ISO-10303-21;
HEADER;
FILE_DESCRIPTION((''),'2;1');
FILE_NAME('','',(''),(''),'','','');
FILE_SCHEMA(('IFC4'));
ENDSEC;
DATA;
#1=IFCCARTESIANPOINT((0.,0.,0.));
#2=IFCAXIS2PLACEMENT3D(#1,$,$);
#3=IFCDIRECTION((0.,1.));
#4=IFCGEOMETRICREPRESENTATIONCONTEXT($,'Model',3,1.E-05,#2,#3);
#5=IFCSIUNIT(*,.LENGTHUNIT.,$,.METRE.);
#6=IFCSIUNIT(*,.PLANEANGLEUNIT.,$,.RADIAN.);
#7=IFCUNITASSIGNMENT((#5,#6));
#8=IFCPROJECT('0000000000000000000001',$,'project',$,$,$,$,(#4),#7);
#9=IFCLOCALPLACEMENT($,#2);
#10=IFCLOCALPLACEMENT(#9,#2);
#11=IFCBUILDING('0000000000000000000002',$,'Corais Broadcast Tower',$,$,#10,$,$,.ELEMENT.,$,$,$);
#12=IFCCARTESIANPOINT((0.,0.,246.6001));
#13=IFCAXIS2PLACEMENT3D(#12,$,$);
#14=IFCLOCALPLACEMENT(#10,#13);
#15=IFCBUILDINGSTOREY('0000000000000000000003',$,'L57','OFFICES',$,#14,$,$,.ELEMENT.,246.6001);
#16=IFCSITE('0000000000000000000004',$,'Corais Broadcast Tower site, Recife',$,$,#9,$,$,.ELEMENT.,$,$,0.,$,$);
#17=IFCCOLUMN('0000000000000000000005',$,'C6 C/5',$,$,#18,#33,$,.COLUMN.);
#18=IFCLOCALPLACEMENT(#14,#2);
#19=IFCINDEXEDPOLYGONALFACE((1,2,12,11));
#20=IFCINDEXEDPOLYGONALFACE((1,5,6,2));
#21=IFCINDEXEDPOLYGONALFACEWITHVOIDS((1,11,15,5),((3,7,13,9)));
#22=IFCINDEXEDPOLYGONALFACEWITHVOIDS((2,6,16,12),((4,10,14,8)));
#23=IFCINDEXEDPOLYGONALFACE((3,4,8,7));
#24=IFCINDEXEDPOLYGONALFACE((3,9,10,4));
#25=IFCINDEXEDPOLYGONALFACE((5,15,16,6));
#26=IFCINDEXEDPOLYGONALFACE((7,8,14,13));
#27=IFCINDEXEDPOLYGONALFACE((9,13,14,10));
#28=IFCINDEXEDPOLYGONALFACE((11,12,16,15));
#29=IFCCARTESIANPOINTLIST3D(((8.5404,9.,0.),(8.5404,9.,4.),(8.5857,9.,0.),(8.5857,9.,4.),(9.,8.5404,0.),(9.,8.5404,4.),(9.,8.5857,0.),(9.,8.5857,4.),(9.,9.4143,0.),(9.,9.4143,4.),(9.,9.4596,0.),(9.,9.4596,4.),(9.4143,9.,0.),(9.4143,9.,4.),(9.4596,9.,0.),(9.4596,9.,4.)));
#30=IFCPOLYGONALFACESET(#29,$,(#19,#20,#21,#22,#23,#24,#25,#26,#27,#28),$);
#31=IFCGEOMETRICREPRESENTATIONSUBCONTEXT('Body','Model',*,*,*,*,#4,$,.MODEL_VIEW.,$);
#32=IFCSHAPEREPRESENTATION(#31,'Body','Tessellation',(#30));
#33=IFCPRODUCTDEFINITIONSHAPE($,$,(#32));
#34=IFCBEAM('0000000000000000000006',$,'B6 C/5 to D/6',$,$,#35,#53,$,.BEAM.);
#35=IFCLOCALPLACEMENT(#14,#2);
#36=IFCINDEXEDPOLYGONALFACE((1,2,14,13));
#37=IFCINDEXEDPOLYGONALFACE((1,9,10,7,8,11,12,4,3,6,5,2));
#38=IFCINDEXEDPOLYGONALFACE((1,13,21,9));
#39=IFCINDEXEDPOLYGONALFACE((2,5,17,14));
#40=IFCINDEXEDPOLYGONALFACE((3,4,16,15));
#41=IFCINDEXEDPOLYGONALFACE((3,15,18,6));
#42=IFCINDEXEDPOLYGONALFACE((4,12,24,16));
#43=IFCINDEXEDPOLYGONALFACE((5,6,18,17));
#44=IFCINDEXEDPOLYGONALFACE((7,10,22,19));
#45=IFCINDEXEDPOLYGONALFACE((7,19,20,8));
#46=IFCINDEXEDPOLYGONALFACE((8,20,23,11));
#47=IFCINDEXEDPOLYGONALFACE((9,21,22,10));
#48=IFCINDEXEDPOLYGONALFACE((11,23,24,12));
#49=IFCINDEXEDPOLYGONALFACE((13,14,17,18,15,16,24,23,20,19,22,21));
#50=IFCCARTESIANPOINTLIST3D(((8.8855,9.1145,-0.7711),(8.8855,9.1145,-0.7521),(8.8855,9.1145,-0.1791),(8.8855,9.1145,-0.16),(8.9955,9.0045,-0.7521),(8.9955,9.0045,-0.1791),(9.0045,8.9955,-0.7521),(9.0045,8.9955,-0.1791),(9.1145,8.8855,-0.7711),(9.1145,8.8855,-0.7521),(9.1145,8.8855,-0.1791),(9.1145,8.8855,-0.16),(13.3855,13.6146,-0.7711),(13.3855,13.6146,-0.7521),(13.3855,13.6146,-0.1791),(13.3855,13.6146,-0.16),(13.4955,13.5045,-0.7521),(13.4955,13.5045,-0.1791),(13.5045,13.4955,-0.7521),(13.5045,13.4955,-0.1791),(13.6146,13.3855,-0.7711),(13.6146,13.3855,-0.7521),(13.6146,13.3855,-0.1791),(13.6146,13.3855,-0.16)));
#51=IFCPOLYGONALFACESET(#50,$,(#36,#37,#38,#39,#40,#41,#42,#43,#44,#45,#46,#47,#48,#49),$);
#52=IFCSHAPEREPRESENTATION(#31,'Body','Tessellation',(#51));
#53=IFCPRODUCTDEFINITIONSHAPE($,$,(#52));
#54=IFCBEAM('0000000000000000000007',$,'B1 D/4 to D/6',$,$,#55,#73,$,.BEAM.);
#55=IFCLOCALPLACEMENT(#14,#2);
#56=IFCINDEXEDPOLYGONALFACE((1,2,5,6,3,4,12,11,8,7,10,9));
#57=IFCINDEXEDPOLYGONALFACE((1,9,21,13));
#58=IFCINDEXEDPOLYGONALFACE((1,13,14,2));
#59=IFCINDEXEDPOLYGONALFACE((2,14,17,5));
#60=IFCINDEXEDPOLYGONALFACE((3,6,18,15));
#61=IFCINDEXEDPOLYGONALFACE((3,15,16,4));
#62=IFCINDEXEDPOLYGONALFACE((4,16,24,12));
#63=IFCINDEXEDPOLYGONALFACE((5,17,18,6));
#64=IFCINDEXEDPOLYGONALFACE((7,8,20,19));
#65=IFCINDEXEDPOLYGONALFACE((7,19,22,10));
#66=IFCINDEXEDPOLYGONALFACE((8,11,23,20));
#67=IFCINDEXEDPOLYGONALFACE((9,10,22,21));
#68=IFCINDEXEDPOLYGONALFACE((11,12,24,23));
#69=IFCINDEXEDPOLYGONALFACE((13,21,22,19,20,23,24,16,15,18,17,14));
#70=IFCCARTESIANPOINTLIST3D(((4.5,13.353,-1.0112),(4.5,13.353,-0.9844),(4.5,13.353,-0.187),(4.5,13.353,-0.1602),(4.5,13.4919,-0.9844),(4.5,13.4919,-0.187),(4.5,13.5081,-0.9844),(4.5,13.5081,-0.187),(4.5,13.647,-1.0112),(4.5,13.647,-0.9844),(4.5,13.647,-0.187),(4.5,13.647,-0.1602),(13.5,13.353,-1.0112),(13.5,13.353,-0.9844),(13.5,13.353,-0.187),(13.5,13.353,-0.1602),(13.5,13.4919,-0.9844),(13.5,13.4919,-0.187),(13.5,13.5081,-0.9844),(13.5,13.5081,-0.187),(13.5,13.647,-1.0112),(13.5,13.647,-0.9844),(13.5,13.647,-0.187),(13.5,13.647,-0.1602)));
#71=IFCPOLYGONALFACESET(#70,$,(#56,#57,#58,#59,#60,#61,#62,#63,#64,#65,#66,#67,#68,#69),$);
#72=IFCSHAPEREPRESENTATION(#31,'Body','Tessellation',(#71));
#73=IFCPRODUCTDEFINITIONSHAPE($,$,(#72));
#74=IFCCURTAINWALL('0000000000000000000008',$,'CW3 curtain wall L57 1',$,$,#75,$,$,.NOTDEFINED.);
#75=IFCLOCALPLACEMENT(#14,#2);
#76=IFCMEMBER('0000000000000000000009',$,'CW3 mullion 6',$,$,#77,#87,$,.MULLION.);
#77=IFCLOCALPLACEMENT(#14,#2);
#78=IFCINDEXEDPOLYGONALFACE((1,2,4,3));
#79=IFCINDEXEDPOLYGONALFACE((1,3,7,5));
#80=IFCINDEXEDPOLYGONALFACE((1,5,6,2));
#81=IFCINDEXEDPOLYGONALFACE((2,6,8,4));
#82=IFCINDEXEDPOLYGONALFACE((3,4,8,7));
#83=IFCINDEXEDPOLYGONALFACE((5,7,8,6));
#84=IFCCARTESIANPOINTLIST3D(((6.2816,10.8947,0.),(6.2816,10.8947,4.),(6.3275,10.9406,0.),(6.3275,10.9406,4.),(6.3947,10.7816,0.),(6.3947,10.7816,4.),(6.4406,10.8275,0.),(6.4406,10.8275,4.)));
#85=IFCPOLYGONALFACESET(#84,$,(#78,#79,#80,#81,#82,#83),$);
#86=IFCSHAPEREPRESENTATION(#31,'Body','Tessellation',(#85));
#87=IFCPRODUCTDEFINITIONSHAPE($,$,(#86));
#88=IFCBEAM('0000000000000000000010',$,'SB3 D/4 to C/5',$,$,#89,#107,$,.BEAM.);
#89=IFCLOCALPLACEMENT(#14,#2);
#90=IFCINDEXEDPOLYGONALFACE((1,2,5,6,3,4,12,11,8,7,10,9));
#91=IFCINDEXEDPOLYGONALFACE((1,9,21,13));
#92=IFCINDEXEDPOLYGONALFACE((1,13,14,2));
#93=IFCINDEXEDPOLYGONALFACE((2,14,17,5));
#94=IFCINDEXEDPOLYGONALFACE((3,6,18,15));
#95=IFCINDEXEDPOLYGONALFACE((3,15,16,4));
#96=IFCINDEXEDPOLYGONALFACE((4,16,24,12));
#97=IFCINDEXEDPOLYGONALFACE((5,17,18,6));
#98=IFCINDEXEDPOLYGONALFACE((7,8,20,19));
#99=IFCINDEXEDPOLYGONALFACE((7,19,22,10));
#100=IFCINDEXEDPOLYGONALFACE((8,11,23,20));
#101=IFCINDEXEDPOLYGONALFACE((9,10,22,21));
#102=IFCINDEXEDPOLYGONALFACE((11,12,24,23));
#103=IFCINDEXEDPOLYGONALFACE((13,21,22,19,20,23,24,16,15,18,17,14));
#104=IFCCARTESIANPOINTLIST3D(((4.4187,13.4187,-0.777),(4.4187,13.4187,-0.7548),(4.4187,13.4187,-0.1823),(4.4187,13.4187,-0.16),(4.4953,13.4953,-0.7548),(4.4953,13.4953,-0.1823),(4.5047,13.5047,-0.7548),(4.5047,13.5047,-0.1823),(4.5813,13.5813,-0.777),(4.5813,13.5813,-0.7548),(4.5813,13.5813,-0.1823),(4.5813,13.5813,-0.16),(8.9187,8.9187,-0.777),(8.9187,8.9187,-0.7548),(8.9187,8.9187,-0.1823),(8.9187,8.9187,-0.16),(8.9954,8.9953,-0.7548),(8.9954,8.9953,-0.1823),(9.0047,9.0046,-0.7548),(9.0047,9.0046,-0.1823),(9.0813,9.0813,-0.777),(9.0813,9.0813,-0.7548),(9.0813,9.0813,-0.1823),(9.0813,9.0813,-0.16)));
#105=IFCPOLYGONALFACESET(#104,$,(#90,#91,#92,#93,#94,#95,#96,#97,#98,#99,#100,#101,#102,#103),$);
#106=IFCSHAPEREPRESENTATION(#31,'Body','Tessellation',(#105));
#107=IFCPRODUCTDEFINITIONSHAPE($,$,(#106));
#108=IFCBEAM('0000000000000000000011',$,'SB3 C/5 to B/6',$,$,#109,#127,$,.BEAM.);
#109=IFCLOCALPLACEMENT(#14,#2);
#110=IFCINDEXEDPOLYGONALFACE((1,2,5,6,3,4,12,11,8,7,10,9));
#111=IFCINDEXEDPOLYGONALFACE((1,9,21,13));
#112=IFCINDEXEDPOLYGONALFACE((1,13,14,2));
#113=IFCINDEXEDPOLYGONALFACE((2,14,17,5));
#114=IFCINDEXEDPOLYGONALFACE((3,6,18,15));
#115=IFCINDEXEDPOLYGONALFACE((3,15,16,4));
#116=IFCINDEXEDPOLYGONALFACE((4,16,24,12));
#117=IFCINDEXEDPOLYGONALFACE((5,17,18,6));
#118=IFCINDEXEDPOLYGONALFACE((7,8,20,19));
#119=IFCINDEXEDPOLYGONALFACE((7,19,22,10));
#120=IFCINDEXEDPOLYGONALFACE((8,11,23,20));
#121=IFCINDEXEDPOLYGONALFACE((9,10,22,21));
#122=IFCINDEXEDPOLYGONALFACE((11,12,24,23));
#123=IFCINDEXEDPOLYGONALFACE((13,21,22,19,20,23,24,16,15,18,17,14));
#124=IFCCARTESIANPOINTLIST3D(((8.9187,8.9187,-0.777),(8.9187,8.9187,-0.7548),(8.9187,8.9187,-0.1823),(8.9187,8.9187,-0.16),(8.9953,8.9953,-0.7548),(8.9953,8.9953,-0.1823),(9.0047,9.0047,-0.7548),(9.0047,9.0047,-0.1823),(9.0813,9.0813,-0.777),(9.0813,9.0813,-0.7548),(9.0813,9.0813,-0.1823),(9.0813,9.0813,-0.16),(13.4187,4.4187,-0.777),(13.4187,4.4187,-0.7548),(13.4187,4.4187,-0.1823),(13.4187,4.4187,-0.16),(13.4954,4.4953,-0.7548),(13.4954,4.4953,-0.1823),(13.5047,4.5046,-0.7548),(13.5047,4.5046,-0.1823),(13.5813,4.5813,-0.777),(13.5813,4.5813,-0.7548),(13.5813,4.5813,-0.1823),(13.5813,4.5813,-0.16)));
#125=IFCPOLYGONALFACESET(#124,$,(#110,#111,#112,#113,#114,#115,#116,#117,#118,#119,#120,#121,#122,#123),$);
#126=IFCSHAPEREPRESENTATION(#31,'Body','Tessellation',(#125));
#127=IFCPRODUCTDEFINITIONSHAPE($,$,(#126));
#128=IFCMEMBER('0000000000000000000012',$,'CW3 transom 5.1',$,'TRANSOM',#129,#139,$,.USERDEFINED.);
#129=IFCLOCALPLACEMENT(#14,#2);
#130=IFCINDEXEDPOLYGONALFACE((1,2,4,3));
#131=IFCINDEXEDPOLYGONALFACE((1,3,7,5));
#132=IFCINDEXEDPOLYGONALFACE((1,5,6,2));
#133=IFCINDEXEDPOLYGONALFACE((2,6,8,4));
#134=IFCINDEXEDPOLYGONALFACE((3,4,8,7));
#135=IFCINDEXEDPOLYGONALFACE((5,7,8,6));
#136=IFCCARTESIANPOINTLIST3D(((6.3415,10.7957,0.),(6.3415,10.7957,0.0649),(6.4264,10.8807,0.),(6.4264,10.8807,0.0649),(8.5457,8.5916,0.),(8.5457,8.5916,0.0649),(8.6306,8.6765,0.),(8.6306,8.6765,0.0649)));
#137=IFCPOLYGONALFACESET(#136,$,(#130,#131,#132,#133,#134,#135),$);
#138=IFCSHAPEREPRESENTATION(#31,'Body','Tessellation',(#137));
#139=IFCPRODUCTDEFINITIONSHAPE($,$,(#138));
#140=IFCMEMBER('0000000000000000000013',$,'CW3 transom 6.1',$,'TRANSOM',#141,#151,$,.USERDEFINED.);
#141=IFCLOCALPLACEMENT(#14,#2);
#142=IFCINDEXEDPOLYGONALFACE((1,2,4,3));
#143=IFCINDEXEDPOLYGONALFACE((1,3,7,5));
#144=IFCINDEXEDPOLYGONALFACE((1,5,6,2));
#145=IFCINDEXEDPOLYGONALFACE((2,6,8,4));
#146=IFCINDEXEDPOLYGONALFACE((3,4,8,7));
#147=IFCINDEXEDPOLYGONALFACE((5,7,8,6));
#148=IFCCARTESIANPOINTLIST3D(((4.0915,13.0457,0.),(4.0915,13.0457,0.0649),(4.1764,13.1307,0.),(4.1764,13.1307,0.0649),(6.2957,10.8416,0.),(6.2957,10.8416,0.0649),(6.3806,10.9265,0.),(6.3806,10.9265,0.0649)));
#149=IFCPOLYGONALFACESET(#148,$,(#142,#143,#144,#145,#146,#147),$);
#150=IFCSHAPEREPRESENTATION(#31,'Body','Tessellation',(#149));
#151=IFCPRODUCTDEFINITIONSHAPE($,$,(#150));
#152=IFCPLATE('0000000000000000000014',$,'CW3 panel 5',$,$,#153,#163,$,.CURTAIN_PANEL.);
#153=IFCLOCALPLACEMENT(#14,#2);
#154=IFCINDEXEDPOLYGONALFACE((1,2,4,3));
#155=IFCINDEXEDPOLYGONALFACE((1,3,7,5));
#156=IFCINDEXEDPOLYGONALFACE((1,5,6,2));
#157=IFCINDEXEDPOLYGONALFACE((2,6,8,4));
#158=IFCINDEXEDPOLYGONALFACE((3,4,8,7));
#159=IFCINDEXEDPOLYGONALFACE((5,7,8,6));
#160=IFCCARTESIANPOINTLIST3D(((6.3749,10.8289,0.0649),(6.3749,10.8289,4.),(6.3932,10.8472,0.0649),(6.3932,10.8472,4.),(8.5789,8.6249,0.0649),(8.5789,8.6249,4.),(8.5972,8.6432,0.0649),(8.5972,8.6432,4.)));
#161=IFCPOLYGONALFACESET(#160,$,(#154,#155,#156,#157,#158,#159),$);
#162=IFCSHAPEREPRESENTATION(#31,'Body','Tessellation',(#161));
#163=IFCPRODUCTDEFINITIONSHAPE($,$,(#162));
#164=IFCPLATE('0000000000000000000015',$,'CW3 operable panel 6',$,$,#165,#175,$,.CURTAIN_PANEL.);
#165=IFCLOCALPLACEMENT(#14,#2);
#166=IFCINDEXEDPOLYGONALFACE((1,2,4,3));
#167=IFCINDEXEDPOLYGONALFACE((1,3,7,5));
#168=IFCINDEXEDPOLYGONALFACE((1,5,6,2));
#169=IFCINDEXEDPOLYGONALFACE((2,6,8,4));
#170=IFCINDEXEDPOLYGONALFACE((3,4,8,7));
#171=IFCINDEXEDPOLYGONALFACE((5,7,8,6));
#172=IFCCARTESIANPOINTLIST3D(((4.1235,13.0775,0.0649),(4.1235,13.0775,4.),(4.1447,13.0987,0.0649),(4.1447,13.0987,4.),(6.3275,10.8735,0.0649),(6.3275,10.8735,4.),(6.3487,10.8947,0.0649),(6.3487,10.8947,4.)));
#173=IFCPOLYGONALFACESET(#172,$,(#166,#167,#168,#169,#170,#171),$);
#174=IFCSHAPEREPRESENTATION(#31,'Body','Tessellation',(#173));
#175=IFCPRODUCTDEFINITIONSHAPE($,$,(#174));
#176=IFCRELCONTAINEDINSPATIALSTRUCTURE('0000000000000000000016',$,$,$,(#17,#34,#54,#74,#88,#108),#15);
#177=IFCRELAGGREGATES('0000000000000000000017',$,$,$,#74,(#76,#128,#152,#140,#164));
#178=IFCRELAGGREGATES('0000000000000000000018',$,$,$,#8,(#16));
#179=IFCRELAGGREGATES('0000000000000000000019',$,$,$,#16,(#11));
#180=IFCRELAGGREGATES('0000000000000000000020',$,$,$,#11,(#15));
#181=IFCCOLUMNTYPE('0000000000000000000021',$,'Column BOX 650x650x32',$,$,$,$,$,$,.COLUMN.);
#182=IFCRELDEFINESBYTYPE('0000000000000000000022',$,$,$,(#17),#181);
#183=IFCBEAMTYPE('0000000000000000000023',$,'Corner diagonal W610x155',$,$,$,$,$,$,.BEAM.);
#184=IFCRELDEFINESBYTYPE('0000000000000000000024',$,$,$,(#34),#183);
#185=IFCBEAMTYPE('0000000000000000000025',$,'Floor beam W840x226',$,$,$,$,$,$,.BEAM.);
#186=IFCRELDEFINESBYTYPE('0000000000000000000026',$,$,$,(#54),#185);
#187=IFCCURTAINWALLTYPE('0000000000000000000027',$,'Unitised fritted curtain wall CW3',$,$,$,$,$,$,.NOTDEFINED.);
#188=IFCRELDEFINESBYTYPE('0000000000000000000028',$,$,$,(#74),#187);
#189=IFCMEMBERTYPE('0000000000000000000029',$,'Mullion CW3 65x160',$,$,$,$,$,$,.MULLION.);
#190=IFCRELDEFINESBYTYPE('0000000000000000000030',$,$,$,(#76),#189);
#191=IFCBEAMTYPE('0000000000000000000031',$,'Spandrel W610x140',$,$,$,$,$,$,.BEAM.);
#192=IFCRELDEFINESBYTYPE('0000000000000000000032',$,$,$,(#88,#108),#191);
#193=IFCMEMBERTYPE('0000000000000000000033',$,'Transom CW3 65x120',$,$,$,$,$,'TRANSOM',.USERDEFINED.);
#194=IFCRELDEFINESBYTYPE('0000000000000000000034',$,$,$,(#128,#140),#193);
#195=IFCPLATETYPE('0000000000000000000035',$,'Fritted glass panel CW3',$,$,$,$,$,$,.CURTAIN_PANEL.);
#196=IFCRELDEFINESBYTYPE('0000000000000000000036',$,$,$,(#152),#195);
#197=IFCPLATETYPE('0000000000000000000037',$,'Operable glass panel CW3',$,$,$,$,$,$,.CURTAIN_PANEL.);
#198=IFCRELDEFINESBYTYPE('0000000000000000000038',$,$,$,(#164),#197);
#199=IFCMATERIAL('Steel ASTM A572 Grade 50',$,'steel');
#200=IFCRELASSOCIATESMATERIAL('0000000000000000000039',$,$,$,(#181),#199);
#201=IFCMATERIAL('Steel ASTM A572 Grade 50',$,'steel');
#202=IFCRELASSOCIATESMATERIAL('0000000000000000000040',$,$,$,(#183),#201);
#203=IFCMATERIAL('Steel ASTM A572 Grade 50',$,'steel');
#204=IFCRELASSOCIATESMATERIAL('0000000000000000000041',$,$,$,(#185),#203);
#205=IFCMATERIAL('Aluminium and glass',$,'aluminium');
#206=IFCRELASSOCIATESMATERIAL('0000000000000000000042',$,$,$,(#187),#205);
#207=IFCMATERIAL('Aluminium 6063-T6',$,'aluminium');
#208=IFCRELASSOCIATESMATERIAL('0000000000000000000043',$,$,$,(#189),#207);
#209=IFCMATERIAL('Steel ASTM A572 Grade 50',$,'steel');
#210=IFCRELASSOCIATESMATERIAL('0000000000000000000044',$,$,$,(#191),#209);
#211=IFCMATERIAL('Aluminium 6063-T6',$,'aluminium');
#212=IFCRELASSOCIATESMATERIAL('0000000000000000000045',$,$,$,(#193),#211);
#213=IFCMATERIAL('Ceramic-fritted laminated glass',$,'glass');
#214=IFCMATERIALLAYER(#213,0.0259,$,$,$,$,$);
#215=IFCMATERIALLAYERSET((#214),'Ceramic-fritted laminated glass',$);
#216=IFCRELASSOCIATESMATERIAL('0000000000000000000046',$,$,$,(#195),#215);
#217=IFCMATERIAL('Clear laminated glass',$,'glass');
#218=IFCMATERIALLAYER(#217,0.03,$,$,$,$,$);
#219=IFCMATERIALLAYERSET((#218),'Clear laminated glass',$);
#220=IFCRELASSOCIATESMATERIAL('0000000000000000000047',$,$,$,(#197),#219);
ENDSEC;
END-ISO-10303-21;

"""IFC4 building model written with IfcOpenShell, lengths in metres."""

from ifc_helpers import new_model, si_unit, direction, frame, origin, origin_2d, place, context, subcontext, project, spatial, rectangle, hollow_rectangle, i_section, extrude, material, layer, layer_set, material_profile, profile_set, type_object, element, aggregate, save


model = new_model("IFC4")

# Units and contexts
model_context = context("Model", 3, precision=1e-05, world=origin(), true_north=direction((0.0, 1.0)))
body_context = subcontext(model_context, "Body", "Model", "MODEL_VIEW")
ifc_project = project(units=[si_unit("LENGTHUNIT", "METRE"), si_unit("PLANEANGLEUNIT", "RADIAN")], contexts=[model_context])

# Site, building, storey
site_placement = place(None, origin())
site = spatial("IfcSite", under=ifc_project, at=site_placement, Name="Corais Broadcast Tower site, Recife", CompositionType="ELEMENT", RefElevation=0.0)
building_placement = place(site_placement, origin())
building = spatial("IfcBuilding", under=site, at=building_placement, Name="Corais Broadcast Tower", CompositionType="ELEMENT")
storey_placement = place(building_placement, frame((0.0, 0.0, 246.6001)))
storey = spatial("IfcBuildingStorey", under=building, at=storey_placement, Name="L57", Description="OFFICES", CompositionType="ELEMENT", Elevation=246.6001)

# Column
ifc_material_1 = material(Name="Steel ASTM A572 Grade 50", Category="steel")
ifc_material_profile_1 = material_profile(ifc_material_1, hollow_rectangle(XDim=0.6499, YDim=0.6499, WallThickness=0.032, at=origin_2d()), Name="BOX 650x650x32")
ifc_profile_set_1 = profile_set([ifc_material_profile_1], Name="Steel ASTM A572 Grade 50")
column_type = type_object("IfcColumnType", Name="Column BOX 650x650x32", PredefinedType="COLUMN", material=ifc_profile_set_1)
column_placement = place(storey_placement, frame((9.0, 9.0, 0.0), z_axis=(0.0, 0.0, 1.0), x_axis=(0.707107, 0.707107, 0.0)))
element("IfcColumn", 1, at=column_placement, inside=storey, type_object=column_type, Name="C6 C/5", PredefinedType="COLUMN", context=body_context, shape_type="SweptSolid", body=[
    extrude(hollow_rectangle(XDim=0.6499, YDim=0.6499, WallThickness=0.032, at=origin_2d()), origin(), (0.0, 0.0, 1.0), 4.0),
])

# Beams
ifc_material_2 = material(Name="Steel ASTM A572 Grade 50", Category="steel")
ifc_material_profile_2 = material_profile(ifc_material_2, i_section(OverallWidth=0.324, OverallDepth=0.6111, WebThickness=0.0127, FlangeThickness=0.019, at=origin_2d()), Name="W610x155")
ifc_profile_set_2 = profile_set([ifc_material_profile_2], Name="Steel ASTM A572 Grade 50")
beam_type_1 = type_object("IfcBeamType", Name="Corner diagonal W610x155", PredefinedType="BEAM", material=ifc_profile_set_2)
beam_1_placement = place(storey_placement, frame((9.0, 9.0, -0.4656), z_axis=(0.707107, 0.707107, 0.0), x_axis=(-0.707107, 0.707107, 0.0)))
element("IfcBeam", 2, at=beam_1_placement, inside=storey, type_object=beam_type_1, Name="B6 C/5 to D/6", PredefinedType="BEAM", context=body_context, shape_type="SweptSolid", body=[
    extrude(i_section(OverallWidth=0.324, OverallDepth=0.6111, WebThickness=0.0127, FlangeThickness=0.019, at=origin_2d()), origin(), (0.0, 0.0, 1.0), 6.364),
])
ifc_material_3 = material(Name="Steel ASTM A572 Grade 50", Category="steel")
ifc_material_profile_3 = material_profile(ifc_material_3, i_section(OverallWidth=0.2939, OverallDepth=0.8511, WebThickness=0.0161, FlangeThickness=0.0269, at=origin_2d()), Name="W840x226")
ifc_profile_set_3 = profile_set([ifc_material_profile_3], Name="Steel ASTM A572 Grade 50")
beam_type_2 = type_object("IfcBeamType", Name="Floor beam W840x226", PredefinedType="BEAM", material=ifc_profile_set_3)
beam_2_placement = place(storey_placement, frame((4.5, 13.5, -0.5857), z_axis=(1.0, 0.0, 0.0), x_axis=(0.0, 1.0, 0.0)))
element("IfcBeam", 3, at=beam_2_placement, inside=storey, type_object=beam_type_2, Name="B1 D/4 to D/6", PredefinedType="BEAM", context=body_context, shape_type="SweptSolid", body=[
    extrude(i_section(OverallWidth=0.2939, OverallDepth=0.8511, WebThickness=0.0161, FlangeThickness=0.0269, at=origin_2d()), origin(), (0.0, 0.0, 1.0), 9.0),
])

# Curtain wall, member
ifc_material_4 = material(Name="Aluminium and glass", Category="aluminium")
curtain_wall_type = type_object("IfcCurtainWallType", Name="Unitised fritted curtain wall CW3", PredefinedType="NOTDEFINED", material=ifc_material_4)
curtain_wall_placement = place(storey_placement, origin())
curtain_wall = element("IfcCurtainWall", 4, at=curtain_wall_placement, inside=storey, type_object=curtain_wall_type, Name="CW3 curtain wall L57 1", PredefinedType="NOTDEFINED")
ifc_material_5 = material(Name="Aluminium 6063-T6", Category="aluminium")
ifc_material_profile_4 = material_profile(ifc_material_5, rectangle(XDim=0.0649, YDim=0.1599, at=origin_2d()), Name="Mullion CW3 65x160")
ifc_profile_set_4 = profile_set([ifc_material_profile_4], Name="Aluminium 6063-T6")
member_type_1 = type_object("IfcMemberType", Name="Mullion CW3 65x160", PredefinedType="MULLION", material=ifc_profile_set_4)
member_1_placement = place(storey_placement, frame((6.3611, 10.8611, 0.0), z_axis=(0.0, 0.0, 1.0), x_axis=(-0.707107, -0.707107, 0.0)))
member_1 = element("IfcMember", 5, at=member_1_placement, type_object=member_type_1, Name="CW3 mullion 6", PredefinedType="MULLION", context=body_context, shape_type="SweptSolid", body=[
    extrude(rectangle(XDim=0.0649, YDim=0.1599, at=origin_2d()), origin(), (0.0, 0.0, 1.0), 4.0),
])

# Beams
ifc_material_6 = material(Name="Steel ASTM A572 Grade 50", Category="steel")
ifc_material_profile_5 = material_profile(ifc_material_6, i_section(OverallWidth=0.23, OverallDepth=0.6169, WebThickness=0.0132, FlangeThickness=0.0222, at=origin_2d()), Name="W610x140")
ifc_profile_set_5 = profile_set([ifc_material_profile_5], Name="Steel ASTM A572 Grade 50")
beam_type_3 = type_object("IfcBeamType", Name="Spandrel W610x140", PredefinedType="BEAM", material=ifc_profile_set_5)
for number, where, z_axis, x_axis, name in (
    (6, (4.5, 13.5, -0.4685), (0.707107, -0.707107, 0.0), (0.707107, 0.707107, 0.0), "SB3 D/4 to C/5"),
    (7, (9.0, 9.0, -0.4685), (0.707107, -0.707107, 0.0), (0.707107, 0.707107, 0.0), "SB3 C/5 to B/6"),
):
    element("IfcBeam", number, at=place(storey_placement, frame(where, z_axis=z_axis, x_axis=x_axis)), inside=storey, type_object=beam_type_3, Name=name, PredefinedType="BEAM", context=body_context, shape_type="SweptSolid", body=[
        extrude(i_section(OverallWidth=0.23, OverallDepth=0.6169, WebThickness=0.0132, FlangeThickness=0.0222, at=origin_2d()), origin(), (0.0, 0.0, 1.0), 6.364),
    ])

# Members
ifc_material_7 = material(Name="Aluminium 6063-T6", Category="aluminium")
ifc_material_profile_6 = material_profile(ifc_material_7, rectangle(XDim=0.1201, YDim=0.0649, at=origin_2d()), Name="Transom CW3 65x120")
ifc_profile_set_6 = profile_set([ifc_material_profile_6], Name="Aluminium 6063-T6")
member_type_2 = type_object("IfcMemberType", Name="Transom CW3 65x120", ElementType="TRANSOM", PredefinedType="USERDEFINED", material=ifc_profile_set_6)
member_2_placement = place(storey_placement, frame((8.5881, 8.634, 0.0325), z_axis=(-0.707107, 0.707107, 0.0), x_axis=(-0.707107, -0.707107, 0.0)))
member_2 = element("IfcMember", 8, at=member_2_placement, type_object=member_type_2, Name="CW3 transom 5.1", ObjectType="TRANSOM", PredefinedType="USERDEFINED", context=body_context, shape_type="SweptSolid", body=[
    extrude(rectangle(XDim=0.1201, YDim=0.0649, at=origin_2d()), origin(), (0.0, 0.0, 1.0), 3.1172),
])
member_3_placement = place(storey_placement, frame((6.3381, 10.884, 0.0325), z_axis=(-0.707107, 0.707107, 0.0), x_axis=(-0.707107, -0.707107, 0.0)))
member_3 = element("IfcMember", 9, at=member_3_placement, type_object=member_type_2, Name="CW3 transom 6.1", ObjectType="TRANSOM", PredefinedType="USERDEFINED", context=body_context, shape_type="SweptSolid", body=[
    extrude(rectangle(XDim=0.1201, YDim=0.0649, at=origin_2d()), origin(), (0.0, 0.0, 1.0), 3.1172),
])

# Plates
ifc_material_8 = material(Name="Ceramic-fritted laminated glass", Category="glass")
ifc_layer_1 = layer(ifc_material_8, 0.0259)
ifc_layer_set_1 = layer_set([ifc_layer_1], Name="Ceramic-fritted laminated glass")
plate_type_1 = type_object("IfcPlateType", Name="Fritted glass panel CW3", PredefinedType="CURTAIN_PANEL", material=ifc_layer_set_1)
plate_1_placement = place(storey_placement, frame((7.4861, 9.7361, 0.0649), z_axis=(0.0, 0.0, 1.0), x_axis=(-0.707107, 0.707107, 0.0)))
plate_1 = element("IfcPlate", 10, at=plate_1_placement, type_object=plate_type_1, Name="CW3 panel 5", PredefinedType="CURTAIN_PANEL", context=body_context, shape_type="SweptSolid", body=[
    extrude(rectangle(XDim=3.1169, YDim=0.0259, at=origin_2d()), origin(), (0.0, 0.0, 1.0), 3.9351),
])
ifc_material_9 = material(Name="Clear laminated glass", Category="glass")
ifc_layer_2 = layer(ifc_material_9, 0.03)
ifc_layer_set_2 = layer_set([ifc_layer_2], Name="Clear laminated glass")
plate_type_2 = type_object("IfcPlateType", Name="Operable glass panel CW3", PredefinedType="CURTAIN_PANEL", material=ifc_layer_set_2)
plate_2_placement = place(storey_placement, frame((5.2361, 11.9861, 0.0649), z_axis=(0.0, 0.0, 1.0), x_axis=(-0.707107, 0.707107, 0.0)))
plate_2 = element("IfcPlate", 11, at=plate_2_placement, type_object=plate_type_2, Name="CW3 operable panel 6", PredefinedType="CURTAIN_PANEL", context=body_context, shape_type="SweptSolid", body=[
    extrude(rectangle(XDim=3.1169, YDim=0.03, at=origin_2d()), origin(), (0.0, 0.0, 1.0), 3.9351),
])
aggregate(curtain_wall, [member_1, member_2, plate_1, member_3, plate_2])

save(model, "model.ifc")
